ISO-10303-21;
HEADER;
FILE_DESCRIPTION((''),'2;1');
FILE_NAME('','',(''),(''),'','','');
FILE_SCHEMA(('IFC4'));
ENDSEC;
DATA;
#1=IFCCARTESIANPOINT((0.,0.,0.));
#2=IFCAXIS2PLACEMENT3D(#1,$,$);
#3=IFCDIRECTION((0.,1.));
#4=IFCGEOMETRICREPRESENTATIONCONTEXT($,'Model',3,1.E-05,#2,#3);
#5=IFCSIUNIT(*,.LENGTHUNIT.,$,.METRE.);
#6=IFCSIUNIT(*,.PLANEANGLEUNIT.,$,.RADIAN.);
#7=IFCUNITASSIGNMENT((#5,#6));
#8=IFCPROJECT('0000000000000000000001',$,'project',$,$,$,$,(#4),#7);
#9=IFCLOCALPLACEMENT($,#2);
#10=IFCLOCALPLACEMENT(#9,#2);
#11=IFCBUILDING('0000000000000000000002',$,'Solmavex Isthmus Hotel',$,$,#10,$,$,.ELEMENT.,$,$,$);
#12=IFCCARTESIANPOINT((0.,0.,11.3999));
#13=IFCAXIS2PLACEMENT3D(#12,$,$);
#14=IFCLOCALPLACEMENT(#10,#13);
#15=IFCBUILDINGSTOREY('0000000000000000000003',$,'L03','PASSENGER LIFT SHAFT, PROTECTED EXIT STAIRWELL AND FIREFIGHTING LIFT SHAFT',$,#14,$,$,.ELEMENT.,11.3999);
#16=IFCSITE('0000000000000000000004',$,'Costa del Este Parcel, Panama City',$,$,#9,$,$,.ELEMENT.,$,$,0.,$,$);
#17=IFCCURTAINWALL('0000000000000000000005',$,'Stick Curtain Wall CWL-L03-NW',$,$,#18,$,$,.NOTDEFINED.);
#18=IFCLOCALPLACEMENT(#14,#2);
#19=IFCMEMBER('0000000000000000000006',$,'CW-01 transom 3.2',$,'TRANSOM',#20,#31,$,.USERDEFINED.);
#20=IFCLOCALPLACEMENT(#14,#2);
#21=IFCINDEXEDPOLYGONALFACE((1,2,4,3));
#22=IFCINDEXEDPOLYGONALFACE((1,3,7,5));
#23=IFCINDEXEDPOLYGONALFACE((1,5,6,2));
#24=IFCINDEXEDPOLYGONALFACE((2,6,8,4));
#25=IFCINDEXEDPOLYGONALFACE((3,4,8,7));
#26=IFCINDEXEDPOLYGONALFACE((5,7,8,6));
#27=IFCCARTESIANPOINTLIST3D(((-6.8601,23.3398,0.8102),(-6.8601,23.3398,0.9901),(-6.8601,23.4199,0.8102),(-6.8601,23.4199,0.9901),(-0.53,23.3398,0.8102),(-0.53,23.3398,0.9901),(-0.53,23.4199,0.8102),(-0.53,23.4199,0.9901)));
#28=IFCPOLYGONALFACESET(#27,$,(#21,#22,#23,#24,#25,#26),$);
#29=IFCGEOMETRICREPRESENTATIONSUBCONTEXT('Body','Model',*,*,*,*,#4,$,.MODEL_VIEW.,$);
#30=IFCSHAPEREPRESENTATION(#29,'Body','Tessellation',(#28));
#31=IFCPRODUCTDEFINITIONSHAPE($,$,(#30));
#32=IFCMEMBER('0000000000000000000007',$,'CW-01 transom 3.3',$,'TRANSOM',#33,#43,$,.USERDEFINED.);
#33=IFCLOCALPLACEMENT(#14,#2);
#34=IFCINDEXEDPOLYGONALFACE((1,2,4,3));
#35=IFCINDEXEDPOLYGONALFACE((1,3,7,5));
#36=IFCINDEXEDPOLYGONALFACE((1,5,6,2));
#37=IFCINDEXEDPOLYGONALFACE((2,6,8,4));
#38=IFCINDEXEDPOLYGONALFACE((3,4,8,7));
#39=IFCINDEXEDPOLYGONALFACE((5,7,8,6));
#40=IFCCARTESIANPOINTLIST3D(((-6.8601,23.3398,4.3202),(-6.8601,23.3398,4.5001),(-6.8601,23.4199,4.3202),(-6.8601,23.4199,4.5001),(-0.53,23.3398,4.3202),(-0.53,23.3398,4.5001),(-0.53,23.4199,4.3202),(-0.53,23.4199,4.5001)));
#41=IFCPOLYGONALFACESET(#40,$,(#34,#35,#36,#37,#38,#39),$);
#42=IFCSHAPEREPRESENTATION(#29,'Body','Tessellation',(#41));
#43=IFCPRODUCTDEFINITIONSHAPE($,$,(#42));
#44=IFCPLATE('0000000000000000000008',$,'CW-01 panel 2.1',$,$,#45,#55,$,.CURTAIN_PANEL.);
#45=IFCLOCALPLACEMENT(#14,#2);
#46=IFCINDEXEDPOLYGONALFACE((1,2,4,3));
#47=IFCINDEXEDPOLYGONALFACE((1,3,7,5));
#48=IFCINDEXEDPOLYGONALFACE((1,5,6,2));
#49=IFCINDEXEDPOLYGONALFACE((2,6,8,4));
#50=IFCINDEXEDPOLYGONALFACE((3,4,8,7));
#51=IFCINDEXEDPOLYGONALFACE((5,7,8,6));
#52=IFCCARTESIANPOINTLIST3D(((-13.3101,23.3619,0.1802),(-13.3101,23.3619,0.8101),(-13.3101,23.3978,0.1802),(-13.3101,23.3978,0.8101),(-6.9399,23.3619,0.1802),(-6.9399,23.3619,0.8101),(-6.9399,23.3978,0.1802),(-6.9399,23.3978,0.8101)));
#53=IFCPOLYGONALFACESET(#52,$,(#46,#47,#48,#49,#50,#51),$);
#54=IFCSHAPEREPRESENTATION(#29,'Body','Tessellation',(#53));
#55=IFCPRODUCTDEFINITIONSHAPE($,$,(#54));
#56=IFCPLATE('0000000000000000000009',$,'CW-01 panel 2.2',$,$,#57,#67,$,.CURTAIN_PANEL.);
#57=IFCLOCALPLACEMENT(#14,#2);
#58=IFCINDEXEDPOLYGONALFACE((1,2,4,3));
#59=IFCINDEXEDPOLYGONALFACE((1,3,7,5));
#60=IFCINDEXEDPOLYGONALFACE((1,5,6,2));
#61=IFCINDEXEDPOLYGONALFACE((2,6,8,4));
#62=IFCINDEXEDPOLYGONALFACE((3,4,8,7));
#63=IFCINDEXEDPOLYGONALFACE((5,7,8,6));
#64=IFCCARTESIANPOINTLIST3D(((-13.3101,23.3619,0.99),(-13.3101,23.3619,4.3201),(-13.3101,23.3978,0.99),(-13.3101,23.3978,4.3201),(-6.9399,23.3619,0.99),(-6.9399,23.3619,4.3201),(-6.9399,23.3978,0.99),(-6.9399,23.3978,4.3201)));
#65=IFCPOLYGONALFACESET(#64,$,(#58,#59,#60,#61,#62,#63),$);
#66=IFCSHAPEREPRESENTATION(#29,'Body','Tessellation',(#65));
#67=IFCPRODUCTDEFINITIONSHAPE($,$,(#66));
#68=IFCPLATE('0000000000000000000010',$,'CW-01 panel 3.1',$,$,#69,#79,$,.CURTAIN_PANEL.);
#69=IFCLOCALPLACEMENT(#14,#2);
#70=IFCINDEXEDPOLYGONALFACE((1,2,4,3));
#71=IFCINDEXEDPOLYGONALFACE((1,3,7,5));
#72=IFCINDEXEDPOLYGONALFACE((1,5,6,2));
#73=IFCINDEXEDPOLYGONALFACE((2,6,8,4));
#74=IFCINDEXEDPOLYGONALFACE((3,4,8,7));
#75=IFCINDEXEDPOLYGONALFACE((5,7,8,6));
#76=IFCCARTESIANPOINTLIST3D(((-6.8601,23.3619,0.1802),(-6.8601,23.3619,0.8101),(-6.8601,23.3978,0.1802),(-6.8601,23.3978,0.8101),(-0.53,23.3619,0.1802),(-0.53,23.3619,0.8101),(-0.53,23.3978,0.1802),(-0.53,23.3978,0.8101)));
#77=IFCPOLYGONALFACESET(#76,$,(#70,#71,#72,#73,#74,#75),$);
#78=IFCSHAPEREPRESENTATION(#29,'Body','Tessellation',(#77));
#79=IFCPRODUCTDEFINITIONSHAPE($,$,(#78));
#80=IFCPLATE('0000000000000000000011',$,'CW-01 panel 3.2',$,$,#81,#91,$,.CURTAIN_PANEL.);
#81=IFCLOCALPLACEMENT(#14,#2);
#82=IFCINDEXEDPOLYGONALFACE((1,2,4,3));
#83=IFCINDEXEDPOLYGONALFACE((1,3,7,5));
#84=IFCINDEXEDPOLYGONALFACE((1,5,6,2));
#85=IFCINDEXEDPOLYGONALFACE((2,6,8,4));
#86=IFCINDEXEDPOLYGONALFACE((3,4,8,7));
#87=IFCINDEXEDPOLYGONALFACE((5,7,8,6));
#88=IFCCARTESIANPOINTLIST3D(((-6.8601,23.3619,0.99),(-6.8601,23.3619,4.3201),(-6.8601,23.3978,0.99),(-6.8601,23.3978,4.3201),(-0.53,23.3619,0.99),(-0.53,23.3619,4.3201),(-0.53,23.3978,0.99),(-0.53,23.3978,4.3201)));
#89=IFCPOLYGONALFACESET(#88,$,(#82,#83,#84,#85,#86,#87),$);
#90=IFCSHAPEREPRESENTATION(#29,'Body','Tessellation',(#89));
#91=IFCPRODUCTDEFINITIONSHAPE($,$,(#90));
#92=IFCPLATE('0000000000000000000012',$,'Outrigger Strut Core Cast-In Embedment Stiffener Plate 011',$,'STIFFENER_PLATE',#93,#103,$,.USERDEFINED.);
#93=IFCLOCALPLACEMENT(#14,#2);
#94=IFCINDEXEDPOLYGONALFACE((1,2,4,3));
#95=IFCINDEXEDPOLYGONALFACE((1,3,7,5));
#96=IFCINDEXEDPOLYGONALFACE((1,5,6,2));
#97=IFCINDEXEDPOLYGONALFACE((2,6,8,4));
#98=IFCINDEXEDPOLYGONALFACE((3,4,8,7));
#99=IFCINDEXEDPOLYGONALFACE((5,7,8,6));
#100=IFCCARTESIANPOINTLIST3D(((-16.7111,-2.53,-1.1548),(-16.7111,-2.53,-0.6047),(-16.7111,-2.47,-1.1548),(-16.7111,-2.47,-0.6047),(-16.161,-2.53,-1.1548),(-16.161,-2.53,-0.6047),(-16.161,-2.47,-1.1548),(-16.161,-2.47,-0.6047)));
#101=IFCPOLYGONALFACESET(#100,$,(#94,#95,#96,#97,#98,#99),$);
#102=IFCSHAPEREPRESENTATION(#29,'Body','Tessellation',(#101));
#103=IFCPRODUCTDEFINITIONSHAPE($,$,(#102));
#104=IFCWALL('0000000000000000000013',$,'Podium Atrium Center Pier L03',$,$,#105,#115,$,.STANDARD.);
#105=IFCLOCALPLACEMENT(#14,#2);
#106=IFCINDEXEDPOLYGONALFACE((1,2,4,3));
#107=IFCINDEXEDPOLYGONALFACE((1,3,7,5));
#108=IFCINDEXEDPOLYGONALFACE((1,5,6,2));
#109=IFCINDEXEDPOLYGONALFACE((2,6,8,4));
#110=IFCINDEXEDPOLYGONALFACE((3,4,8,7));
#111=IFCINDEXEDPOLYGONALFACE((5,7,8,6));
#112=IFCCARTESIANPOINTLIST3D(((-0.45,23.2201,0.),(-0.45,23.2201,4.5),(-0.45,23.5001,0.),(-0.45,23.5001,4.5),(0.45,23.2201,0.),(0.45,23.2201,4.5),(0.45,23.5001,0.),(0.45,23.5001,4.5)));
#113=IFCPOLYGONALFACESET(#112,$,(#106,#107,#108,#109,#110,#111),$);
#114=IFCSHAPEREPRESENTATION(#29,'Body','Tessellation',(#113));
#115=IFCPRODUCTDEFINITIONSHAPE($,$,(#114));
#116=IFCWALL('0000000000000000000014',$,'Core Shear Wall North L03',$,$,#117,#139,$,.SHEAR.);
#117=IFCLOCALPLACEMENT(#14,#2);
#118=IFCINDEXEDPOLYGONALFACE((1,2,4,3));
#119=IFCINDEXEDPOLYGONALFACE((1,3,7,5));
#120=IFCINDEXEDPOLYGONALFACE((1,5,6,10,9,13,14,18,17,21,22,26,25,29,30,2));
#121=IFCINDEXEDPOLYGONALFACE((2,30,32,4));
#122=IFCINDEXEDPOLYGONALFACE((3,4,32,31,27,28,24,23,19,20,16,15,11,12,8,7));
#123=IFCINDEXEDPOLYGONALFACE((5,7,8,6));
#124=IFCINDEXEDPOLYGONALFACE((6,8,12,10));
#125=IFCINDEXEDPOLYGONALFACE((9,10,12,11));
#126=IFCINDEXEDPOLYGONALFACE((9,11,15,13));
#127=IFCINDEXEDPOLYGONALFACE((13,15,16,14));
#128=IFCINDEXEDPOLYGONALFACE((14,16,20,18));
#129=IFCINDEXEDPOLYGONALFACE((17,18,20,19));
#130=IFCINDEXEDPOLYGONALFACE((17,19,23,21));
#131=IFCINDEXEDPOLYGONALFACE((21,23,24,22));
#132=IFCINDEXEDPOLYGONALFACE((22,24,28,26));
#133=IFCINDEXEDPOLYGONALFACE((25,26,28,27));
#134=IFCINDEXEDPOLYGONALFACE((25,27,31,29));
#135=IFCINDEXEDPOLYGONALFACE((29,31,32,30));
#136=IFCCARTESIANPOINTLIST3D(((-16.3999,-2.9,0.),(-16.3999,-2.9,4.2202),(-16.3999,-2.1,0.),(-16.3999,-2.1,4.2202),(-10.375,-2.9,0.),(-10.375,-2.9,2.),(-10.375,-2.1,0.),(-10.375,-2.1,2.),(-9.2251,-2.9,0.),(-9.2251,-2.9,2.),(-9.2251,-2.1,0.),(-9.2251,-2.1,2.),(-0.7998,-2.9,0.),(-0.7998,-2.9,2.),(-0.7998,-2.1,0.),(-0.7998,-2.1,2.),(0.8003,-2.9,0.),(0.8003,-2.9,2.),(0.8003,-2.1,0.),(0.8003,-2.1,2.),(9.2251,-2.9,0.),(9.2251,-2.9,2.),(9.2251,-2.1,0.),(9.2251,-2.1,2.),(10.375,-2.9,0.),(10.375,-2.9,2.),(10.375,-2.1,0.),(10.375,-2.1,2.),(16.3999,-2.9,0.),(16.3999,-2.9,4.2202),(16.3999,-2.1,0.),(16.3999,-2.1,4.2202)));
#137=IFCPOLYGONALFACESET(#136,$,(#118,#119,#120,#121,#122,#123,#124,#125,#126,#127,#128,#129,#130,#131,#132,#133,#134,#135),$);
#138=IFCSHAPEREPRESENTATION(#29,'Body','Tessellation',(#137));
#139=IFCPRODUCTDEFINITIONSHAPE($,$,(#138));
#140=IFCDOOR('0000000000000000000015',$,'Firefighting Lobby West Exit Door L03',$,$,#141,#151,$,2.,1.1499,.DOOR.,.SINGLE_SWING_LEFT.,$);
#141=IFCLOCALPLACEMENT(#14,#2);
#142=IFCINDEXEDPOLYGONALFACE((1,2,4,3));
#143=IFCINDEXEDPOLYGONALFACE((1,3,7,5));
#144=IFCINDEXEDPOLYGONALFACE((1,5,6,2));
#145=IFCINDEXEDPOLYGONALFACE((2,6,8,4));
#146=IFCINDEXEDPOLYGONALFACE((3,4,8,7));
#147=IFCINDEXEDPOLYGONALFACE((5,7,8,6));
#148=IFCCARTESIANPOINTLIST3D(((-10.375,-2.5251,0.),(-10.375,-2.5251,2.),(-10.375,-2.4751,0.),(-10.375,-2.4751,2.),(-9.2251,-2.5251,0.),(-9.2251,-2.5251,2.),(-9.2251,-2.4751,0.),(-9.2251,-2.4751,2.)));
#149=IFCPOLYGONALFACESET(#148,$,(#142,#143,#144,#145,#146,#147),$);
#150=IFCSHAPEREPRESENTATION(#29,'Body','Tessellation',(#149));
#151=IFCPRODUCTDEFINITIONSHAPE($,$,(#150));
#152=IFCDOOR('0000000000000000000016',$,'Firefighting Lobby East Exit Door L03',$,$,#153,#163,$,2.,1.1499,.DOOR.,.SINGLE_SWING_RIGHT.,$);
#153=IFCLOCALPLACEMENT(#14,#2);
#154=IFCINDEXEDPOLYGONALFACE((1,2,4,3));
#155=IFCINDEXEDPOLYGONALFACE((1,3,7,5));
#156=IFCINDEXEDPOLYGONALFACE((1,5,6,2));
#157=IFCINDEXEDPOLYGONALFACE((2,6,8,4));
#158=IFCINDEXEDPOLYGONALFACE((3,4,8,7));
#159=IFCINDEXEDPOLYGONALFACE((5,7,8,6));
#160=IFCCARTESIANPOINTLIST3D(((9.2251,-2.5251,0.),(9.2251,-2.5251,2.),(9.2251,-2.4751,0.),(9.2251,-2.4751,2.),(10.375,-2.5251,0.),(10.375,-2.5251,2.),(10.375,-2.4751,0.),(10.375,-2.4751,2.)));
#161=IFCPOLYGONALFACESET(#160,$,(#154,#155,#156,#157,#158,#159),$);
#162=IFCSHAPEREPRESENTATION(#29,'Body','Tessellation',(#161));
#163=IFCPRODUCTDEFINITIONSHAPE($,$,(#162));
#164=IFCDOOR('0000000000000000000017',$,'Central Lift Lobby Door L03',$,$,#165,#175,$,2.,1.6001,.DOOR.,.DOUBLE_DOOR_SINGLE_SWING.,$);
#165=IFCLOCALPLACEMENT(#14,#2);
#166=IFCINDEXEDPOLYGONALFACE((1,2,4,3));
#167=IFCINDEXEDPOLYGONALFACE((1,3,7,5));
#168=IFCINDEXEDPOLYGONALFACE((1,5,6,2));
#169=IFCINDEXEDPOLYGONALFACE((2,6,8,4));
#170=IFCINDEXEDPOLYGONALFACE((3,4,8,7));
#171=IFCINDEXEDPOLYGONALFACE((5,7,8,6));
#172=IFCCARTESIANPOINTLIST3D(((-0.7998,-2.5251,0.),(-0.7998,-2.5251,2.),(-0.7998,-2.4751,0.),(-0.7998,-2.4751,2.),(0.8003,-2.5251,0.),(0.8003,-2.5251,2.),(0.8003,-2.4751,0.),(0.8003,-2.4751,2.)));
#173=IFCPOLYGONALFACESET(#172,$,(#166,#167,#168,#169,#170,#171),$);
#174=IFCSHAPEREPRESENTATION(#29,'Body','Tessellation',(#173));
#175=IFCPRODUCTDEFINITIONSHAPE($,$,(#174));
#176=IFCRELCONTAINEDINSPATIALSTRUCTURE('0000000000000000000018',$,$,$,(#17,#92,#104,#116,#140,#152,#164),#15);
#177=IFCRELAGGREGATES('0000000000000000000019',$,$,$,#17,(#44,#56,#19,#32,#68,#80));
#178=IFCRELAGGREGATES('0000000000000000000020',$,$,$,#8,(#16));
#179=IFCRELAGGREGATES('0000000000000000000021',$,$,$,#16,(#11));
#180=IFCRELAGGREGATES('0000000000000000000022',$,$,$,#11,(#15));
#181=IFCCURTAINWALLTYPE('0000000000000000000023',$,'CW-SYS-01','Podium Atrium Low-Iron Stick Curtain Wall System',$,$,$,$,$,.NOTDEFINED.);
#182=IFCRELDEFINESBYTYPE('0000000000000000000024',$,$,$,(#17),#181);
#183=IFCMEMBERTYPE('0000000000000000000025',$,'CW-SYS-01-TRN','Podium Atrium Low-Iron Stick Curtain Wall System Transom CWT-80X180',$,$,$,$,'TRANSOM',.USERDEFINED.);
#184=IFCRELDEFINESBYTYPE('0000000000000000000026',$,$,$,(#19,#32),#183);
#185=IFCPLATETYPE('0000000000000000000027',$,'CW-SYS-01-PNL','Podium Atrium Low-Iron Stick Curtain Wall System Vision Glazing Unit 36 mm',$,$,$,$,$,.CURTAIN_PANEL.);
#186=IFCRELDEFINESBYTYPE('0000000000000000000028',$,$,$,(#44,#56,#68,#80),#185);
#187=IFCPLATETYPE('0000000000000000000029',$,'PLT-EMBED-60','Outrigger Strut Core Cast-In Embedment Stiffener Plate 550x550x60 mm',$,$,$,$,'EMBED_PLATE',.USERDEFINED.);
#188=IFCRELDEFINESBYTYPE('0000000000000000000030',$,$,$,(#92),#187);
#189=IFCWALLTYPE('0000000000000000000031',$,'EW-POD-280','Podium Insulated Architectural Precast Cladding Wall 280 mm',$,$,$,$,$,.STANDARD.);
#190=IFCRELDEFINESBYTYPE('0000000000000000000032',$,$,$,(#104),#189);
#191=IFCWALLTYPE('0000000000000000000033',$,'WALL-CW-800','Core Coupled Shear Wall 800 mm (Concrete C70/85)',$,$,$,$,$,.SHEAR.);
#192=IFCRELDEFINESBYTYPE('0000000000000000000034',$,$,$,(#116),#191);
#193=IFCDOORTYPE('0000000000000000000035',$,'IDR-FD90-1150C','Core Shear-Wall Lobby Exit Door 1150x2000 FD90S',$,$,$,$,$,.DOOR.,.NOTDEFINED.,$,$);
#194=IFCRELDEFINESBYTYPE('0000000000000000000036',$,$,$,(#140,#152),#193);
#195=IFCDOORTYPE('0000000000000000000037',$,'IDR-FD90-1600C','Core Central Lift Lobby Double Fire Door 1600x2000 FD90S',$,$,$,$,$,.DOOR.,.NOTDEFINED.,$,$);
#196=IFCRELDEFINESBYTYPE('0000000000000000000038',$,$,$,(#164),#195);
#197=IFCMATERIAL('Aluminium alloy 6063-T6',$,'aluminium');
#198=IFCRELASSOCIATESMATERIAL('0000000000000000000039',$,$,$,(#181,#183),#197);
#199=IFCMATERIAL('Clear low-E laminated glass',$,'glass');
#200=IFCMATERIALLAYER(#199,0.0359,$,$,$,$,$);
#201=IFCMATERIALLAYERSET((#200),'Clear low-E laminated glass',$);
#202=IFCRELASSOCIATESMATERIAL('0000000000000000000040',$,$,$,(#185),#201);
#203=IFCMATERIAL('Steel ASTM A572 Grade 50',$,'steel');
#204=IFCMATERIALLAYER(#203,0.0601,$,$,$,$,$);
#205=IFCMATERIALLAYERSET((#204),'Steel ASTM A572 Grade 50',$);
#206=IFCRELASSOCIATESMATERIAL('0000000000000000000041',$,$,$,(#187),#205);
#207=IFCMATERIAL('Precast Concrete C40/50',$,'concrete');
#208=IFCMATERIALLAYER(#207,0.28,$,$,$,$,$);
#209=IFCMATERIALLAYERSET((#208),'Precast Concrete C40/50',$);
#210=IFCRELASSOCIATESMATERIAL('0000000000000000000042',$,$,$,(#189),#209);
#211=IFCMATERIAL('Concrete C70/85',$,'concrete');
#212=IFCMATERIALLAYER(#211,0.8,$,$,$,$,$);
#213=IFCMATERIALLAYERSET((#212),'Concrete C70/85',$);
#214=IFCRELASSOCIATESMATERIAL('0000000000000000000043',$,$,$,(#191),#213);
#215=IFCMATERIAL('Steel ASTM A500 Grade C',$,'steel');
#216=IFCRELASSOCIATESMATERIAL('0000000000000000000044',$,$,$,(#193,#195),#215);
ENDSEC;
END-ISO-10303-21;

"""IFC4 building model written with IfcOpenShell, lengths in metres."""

from ifc_helpers import new_model, si_unit, direction, frame, frame_2d, origin, origin_2d, place, context, subcontext, project, spatial, rectangle, extrude, material, layer, layer_set, material_profile, profile_set, type_object, element, fill, aggregate, save


model = new_model("IFC4")

# Units and contexts
model_context = context("Model", 3, precision=1e-05, world=origin(), true_north=direction((0.0, 1.0)))
body_context = subcontext(model_context, "Body", "Model", "MODEL_VIEW")
ifc_project = project(units=[si_unit("LENGTHUNIT", "METRE"), si_unit("PLANEANGLEUNIT", "RADIAN")], contexts=[model_context])

# Site, building, storey
site_placement = place(None, origin())
site = spatial("IfcSite", under=ifc_project, at=site_placement, Name="Costa del Este Parcel, Panama City", CompositionType="ELEMENT", RefElevation=0.0)
building_placement = place(site_placement, origin())
building = spatial("IfcBuilding", under=site, at=building_placement, Name="Solmavex Isthmus Hotel", CompositionType="ELEMENT")
storey_placement = place(building_placement, frame((0.0, 0.0, 11.3999)))
storey = spatial("IfcBuildingStorey", under=building, at=storey_placement, Name="L03", Description="PASSENGER LIFT SHAFT, PROTECTED EXIT STAIRWELL AND FIREFIGHTING LIFT SHAFT", CompositionType="ELEMENT", Elevation=11.3999)

# Shared definitions
ifc_material_1 = material(Name="Concrete C70/85", Category="concrete")

# Curtain wall, members, plates
ifc_material_2 = material(Name="Aluminium alloy 6063-T6", Category="aluminium")
curtain_wall_type = type_object("IfcCurtainWallType", Name="CW-SYS-01", Description="Podium Atrium Low-Iron Stick Curtain Wall System", PredefinedType="NOTDEFINED", material=ifc_material_2)
curtain_wall_placement = place(storey_placement, origin())
curtain_wall = element("IfcCurtainWall", 1, at=curtain_wall_placement, inside=storey, type_object=curtain_wall_type, Name="Stick Curtain Wall CWL-L03-NW", PredefinedType="NOTDEFINED")
ifc_material_profile_1 = material_profile(ifc_material_2, rectangle(XDim=0.0801, YDim=0.1799, at=origin_2d()), Name="CWT-80X180")
ifc_profile_set_1 = profile_set([ifc_material_profile_1], Name="Aluminium alloy 6063-T6")
member_type_1 = type_object("IfcMemberType", Name="CW-SYS-01-TRN", Description="Podium Atrium Low-Iron Stick Curtain Wall System Transom CWT-80X180", ElementType="TRANSOM", PredefinedType="USERDEFINED", material=ifc_profile_set_1)
member_1_placement = place(storey_placement, frame((-6.8601, 23.3799, 0.9001), z_axis=(1.0, 0.0, 0.0), x_axis=(0.0, 1.0, 0.0)))
member_1 = element("IfcMember", 2, at=member_1_placement, type_object=member_type_1, Name="CW-01 transom 3.2", ObjectType="TRANSOM", PredefinedType="USERDEFINED", context=body_context, shape_type="SweptSolid", body=[
    extrude(rectangle(XDim=0.0801, YDim=0.1799, at=origin_2d()), origin(), (0.0, 0.0, 1.0), 6.3301),
])
member_2_placement = place(storey_placement, frame((-6.8601, 23.3799, 4.4102), z_axis=(1.0, 0.0, 0.0), x_axis=(0.0, 1.0, 0.0)))
member_2 = element("IfcMember", 3, at=member_2_placement, type_object=member_type_1, Name="CW-01 transom 3.3", ObjectType="TRANSOM", PredefinedType="USERDEFINED", context=body_context, shape_type="SweptSolid", body=[
    extrude(rectangle(XDim=0.0801, YDim=0.1799, at=origin_2d()), origin(), (0.0, 0.0, 1.0), 6.3301),
])
ifc_material_3 = material(Name="Clear low-E laminated glass", Category="glass")
ifc_layer_1 = layer(ifc_material_3, 0.0359)
ifc_layer_set_1 = layer_set([ifc_layer_1], Name="Clear low-E laminated glass")
plate_type_1 = type_object("IfcPlateType", Name="CW-SYS-01-PNL", Description="Podium Atrium Low-Iron Stick Curtain Wall System Vision Glazing Unit 36 mm", PredefinedType="CURTAIN_PANEL", material=ifc_layer_set_1)
plate_1_placement = place(storey_placement, frame((-10.125, 23.3799, 0.1802), z_axis=(0.0, 0.0, 1.0), x_axis=(1.0, 0.0, 0.0)))
plate_1 = element("IfcPlate", 4, at=plate_1_placement, type_object=plate_type_1, Name="CW-01 panel 2.1", PredefinedType="CURTAIN_PANEL", context=body_context, shape_type="SweptSolid", body=[
    extrude(rectangle(XDim=6.3701, YDim=0.0359, at=origin_2d()), origin(), (0.0, 0.0, 1.0), 0.6299),
])
plate_2_placement = place(storey_placement, frame((-10.125, 23.3799, 0.99), z_axis=(0.0, 0.0, 1.0), x_axis=(1.0, 0.0, 0.0)))
plate_2 = element("IfcPlate", 5, at=plate_2_placement, type_object=plate_type_1, Name="CW-01 panel 2.2", PredefinedType="CURTAIN_PANEL", context=body_context, shape_type="SweptSolid", body=[
    extrude(rectangle(XDim=6.3701, YDim=0.0359, at=origin_2d()), origin(), (0.0, 0.0, 1.0), 3.3301),
])
plate_3_placement = place(storey_placement, frame((-3.6951, 23.3799, 0.1802), z_axis=(0.0, 0.0, 1.0), x_axis=(1.0, 0.0, 0.0)))
plate_3 = element("IfcPlate", 6, at=plate_3_placement, type_object=plate_type_1, Name="CW-01 panel 3.1", PredefinedType="CURTAIN_PANEL", context=body_context, shape_type="SweptSolid", body=[
    extrude(rectangle(XDim=6.3301, YDim=0.0359, at=origin_2d()), origin(), (0.0, 0.0, 1.0), 0.6299),
])
plate_4_placement = place(storey_placement, frame((-3.6951, 23.3799, 0.99), z_axis=(0.0, 0.0, 1.0), x_axis=(1.0, 0.0, 0.0)))
plate_4 = element("IfcPlate", 7, at=plate_4_placement, type_object=plate_type_1, Name="CW-01 panel 3.2", PredefinedType="CURTAIN_PANEL", context=body_context, shape_type="SweptSolid", body=[
    extrude(rectangle(XDim=6.3301, YDim=0.0359, at=origin_2d()), origin(), (0.0, 0.0, 1.0), 3.3301),
])
aggregate(curtain_wall, [plate_1, plate_2, member_1, member_2, plate_3, plate_4])

# Plate
ifc_material_4 = material(Name="Steel ASTM A572 Grade 50", Category="steel")
ifc_layer_2 = layer(ifc_material_4, 0.0601)
ifc_layer_set_2 = layer_set([ifc_layer_2], Name="Steel ASTM A572 Grade 50")
plate_type_2 = type_object("IfcPlateType", Name="PLT-EMBED-60", Description="Outrigger Strut Core Cast-In Embedment Stiffener Plate 550x550x60 mm", ElementType="EMBED_PLATE", PredefinedType="USERDEFINED", material=ifc_layer_set_2)
plate_5_placement = place(storey_placement, frame((-16.436, -2.5, -1.1548), z_axis=(0.0, 0.0, 1.0), x_axis=(1.0, 0.0, 0.0)))
element("IfcPlate", 8, at=plate_5_placement, inside=storey, type_object=plate_type_2, Name="Outrigger Strut Core Cast-In Embedment Stiffener Plate 011", ObjectType="STIFFENER_PLATE", PredefinedType="USERDEFINED", context=body_context, shape_type="SweptSolid", body=[
    extrude(rectangle(XDim=0.55, YDim=0.0601, at=origin_2d()), origin(), (0.0, 0.0, 1.0), 0.55),
])

# Wall
ifc_material_5 = material(Name="Precast Concrete C40/50", Category="concrete")
ifc_layer_3 = layer(ifc_material_5, 0.28)
ifc_layer_set_3 = layer_set([ifc_layer_3], Name="Precast Concrete C40/50")
wall_type_1 = type_object("IfcWallType", Name="EW-POD-280", Description="Podium Insulated Architectural Precast Cladding Wall 280 mm", PredefinedType="STANDARD", material=ifc_layer_set_3)
wall_1_placement = place(storey_placement, frame((-0.45, 23.3601, 0.0), z_axis=(0.0, 0.0, 1.0), x_axis=(1.0, 0.0, 0.0)))
element("IfcWall", 9, at=wall_1_placement, inside=storey, type_object=wall_type_1, Name="Podium Atrium Center Pier L03", PredefinedType="STANDARD", context=body_context, shape_type="SweptSolid", body=[
    extrude(rectangle(XDim=0.8999, YDim=0.28, at=frame_2d((0.45, 0.0))), origin(), (0.0, 0.0, 1.0), 4.5),
])

# Wall, openings, doors
ifc_layer_4 = layer(ifc_material_1, 0.8)
ifc_layer_set_4 = layer_set([ifc_layer_4], Name="Concrete C70/85")
wall_type_2 = type_object("IfcWallType", Name="WALL-CW-800", Description="Core Coupled Shear Wall 800 mm (Concrete C70/85)", PredefinedType="SHEAR", material=ifc_layer_set_4)
wall_2_placement = place(storey_placement, frame((-16.3999, -2.5, 0.0), z_axis=(0.0, 0.0, 1.0), x_axis=(1.0, 0.0, 0.0)))
wall_2 = element("IfcWall", 10, at=wall_2_placement, inside=storey, type_object=wall_type_2, Name="Core Shear Wall North L03", PredefinedType="SHEAR", context=body_context, shape_type="SweptSolid", body=[
    extrude(rectangle(XDim=32.7998, YDim=0.8, at=frame_2d((16.3999, 0.0))), origin(), (0.0, 0.0, 1.0), 4.2202),
])
opening_1_placement = place(wall_2_placement, frame((6.0249, 0.0, 0.0)))
opening_1 = element("IfcOpeningElement", 11, at=opening_1_placement, cuts=wall_2, PredefinedType="OPENING", context=body_context, shape_type="SweptSolid", body=[
    extrude(rectangle(XDim=1.1499, YDim=2.0, at=frame_2d((0.575, 1.0))), frame((0.0, 0.4099, 0.0), z_axis=(0.0, -1.0, 0.0), x_axis=(1.0, 0.0, 0.0)), (0.0, 0.0, 1.0), 0.8201),
])
opening_2_placement = place(wall_2_placement, frame((15.6001, 0.0, 0.0)))
opening_2 = element("IfcOpeningElement", 12, at=opening_2_placement, cuts=wall_2, PredefinedType="OPENING", context=body_context, shape_type="SweptSolid", body=[
    extrude(rectangle(XDim=1.6001, YDim=2.0, at=frame_2d((0.8, 1.0))), frame((0.0, 0.4099, 0.0), z_axis=(0.0, -1.0, 0.0), x_axis=(1.0, 0.0, 0.0)), (0.0, 0.0, 1.0), 0.8201),
])
opening_3_placement = place(wall_2_placement, frame((25.625, 0.0, 0.0)))
opening_3 = element("IfcOpeningElement", 13, at=opening_3_placement, cuts=wall_2, PredefinedType="OPENING", context=body_context, shape_type="SweptSolid", body=[
    extrude(rectangle(XDim=1.1499, YDim=2.0, at=frame_2d((0.575, 1.0))), frame((0.0, 0.4099, 0.0), z_axis=(0.0, -1.0, 0.0), x_axis=(1.0, 0.0, 0.0)), (0.0, 0.0, 1.0), 0.8201),
])
ifc_material_6 = material(Name="Steel ASTM A500 Grade C", Category="steel")
door_type_1 = type_object("IfcDoorType", Name="IDR-FD90-1150C", Description="Core Shear-Wall Lobby Exit Door 1150x2000 FD90S", OperationType="NOTDEFINED", PredefinedType="DOOR", material=ifc_material_6)
door_1_placement = place(opening_1_placement, origin())
door_1 = element("IfcDoor", 14, at=door_1_placement, inside=storey, type_object=door_type_1, Name="Firefighting Lobby West Exit Door L03", OperationType="SINGLE_SWING_LEFT", OverallHeight=2.0, OverallWidth=1.1499, PredefinedType="DOOR", context=body_context, shape_type="SweptSolid", body=[
    extrude(rectangle(XDim=1.1499, YDim=2.0, at=frame_2d((0.575, 1.0))), frame((0.0, 0.0249, 0.0), z_axis=(0.0, -1.0, 0.0), x_axis=(1.0, 0.0, 0.0)), (0.0, 0.0, 1.0), 0.05),
])
fill(opening_1, door_1)
door_2_placement = place(opening_3_placement, origin())
door_2 = element("IfcDoor", 15, at=door_2_placement, inside=storey, type_object=door_type_1, Name="Firefighting Lobby East Exit Door L03", OperationType="SINGLE_SWING_RIGHT", OverallHeight=2.0, OverallWidth=1.1499, PredefinedType="DOOR", context=body_context, shape_type="SweptSolid", body=[
    extrude(rectangle(XDim=1.1499, YDim=2.0, at=frame_2d((0.575, 1.0))), frame((0.0, 0.0249, 0.0), z_axis=(0.0, -1.0, 0.0), x_axis=(1.0, 0.0, 0.0)), (0.0, 0.0, 1.0), 0.05),
])
fill(opening_3, door_2)
door_type_2 = type_object("IfcDoorType", Name="IDR-FD90-1600C", Description="Core Central Lift Lobby Double Fire Door 1600x2000 FD90S", OperationType="NOTDEFINED", PredefinedType="DOOR", material=ifc_material_6)
door_3_placement = place(opening_2_placement, origin())
door_3 = element("IfcDoor", 16, at=door_3_placement, inside=storey, type_object=door_type_2, Name="Central Lift Lobby Door L03", OperationType="DOUBLE_DOOR_SINGLE_SWING", OverallHeight=2.0, OverallWidth=1.6001, PredefinedType="DOOR", context=body_context, shape_type="SweptSolid", body=[
    extrude(rectangle(XDim=1.6001, YDim=2.0, at=frame_2d((0.8, 1.0))), frame((0.0, 0.0249, 0.0), z_axis=(0.0, -1.0, 0.0), x_axis=(1.0, 0.0, 0.0)), (0.0, 0.0, 1.0), 0.05),
])
fill(opening_2, door_3)

save(model, "model.ifc")
